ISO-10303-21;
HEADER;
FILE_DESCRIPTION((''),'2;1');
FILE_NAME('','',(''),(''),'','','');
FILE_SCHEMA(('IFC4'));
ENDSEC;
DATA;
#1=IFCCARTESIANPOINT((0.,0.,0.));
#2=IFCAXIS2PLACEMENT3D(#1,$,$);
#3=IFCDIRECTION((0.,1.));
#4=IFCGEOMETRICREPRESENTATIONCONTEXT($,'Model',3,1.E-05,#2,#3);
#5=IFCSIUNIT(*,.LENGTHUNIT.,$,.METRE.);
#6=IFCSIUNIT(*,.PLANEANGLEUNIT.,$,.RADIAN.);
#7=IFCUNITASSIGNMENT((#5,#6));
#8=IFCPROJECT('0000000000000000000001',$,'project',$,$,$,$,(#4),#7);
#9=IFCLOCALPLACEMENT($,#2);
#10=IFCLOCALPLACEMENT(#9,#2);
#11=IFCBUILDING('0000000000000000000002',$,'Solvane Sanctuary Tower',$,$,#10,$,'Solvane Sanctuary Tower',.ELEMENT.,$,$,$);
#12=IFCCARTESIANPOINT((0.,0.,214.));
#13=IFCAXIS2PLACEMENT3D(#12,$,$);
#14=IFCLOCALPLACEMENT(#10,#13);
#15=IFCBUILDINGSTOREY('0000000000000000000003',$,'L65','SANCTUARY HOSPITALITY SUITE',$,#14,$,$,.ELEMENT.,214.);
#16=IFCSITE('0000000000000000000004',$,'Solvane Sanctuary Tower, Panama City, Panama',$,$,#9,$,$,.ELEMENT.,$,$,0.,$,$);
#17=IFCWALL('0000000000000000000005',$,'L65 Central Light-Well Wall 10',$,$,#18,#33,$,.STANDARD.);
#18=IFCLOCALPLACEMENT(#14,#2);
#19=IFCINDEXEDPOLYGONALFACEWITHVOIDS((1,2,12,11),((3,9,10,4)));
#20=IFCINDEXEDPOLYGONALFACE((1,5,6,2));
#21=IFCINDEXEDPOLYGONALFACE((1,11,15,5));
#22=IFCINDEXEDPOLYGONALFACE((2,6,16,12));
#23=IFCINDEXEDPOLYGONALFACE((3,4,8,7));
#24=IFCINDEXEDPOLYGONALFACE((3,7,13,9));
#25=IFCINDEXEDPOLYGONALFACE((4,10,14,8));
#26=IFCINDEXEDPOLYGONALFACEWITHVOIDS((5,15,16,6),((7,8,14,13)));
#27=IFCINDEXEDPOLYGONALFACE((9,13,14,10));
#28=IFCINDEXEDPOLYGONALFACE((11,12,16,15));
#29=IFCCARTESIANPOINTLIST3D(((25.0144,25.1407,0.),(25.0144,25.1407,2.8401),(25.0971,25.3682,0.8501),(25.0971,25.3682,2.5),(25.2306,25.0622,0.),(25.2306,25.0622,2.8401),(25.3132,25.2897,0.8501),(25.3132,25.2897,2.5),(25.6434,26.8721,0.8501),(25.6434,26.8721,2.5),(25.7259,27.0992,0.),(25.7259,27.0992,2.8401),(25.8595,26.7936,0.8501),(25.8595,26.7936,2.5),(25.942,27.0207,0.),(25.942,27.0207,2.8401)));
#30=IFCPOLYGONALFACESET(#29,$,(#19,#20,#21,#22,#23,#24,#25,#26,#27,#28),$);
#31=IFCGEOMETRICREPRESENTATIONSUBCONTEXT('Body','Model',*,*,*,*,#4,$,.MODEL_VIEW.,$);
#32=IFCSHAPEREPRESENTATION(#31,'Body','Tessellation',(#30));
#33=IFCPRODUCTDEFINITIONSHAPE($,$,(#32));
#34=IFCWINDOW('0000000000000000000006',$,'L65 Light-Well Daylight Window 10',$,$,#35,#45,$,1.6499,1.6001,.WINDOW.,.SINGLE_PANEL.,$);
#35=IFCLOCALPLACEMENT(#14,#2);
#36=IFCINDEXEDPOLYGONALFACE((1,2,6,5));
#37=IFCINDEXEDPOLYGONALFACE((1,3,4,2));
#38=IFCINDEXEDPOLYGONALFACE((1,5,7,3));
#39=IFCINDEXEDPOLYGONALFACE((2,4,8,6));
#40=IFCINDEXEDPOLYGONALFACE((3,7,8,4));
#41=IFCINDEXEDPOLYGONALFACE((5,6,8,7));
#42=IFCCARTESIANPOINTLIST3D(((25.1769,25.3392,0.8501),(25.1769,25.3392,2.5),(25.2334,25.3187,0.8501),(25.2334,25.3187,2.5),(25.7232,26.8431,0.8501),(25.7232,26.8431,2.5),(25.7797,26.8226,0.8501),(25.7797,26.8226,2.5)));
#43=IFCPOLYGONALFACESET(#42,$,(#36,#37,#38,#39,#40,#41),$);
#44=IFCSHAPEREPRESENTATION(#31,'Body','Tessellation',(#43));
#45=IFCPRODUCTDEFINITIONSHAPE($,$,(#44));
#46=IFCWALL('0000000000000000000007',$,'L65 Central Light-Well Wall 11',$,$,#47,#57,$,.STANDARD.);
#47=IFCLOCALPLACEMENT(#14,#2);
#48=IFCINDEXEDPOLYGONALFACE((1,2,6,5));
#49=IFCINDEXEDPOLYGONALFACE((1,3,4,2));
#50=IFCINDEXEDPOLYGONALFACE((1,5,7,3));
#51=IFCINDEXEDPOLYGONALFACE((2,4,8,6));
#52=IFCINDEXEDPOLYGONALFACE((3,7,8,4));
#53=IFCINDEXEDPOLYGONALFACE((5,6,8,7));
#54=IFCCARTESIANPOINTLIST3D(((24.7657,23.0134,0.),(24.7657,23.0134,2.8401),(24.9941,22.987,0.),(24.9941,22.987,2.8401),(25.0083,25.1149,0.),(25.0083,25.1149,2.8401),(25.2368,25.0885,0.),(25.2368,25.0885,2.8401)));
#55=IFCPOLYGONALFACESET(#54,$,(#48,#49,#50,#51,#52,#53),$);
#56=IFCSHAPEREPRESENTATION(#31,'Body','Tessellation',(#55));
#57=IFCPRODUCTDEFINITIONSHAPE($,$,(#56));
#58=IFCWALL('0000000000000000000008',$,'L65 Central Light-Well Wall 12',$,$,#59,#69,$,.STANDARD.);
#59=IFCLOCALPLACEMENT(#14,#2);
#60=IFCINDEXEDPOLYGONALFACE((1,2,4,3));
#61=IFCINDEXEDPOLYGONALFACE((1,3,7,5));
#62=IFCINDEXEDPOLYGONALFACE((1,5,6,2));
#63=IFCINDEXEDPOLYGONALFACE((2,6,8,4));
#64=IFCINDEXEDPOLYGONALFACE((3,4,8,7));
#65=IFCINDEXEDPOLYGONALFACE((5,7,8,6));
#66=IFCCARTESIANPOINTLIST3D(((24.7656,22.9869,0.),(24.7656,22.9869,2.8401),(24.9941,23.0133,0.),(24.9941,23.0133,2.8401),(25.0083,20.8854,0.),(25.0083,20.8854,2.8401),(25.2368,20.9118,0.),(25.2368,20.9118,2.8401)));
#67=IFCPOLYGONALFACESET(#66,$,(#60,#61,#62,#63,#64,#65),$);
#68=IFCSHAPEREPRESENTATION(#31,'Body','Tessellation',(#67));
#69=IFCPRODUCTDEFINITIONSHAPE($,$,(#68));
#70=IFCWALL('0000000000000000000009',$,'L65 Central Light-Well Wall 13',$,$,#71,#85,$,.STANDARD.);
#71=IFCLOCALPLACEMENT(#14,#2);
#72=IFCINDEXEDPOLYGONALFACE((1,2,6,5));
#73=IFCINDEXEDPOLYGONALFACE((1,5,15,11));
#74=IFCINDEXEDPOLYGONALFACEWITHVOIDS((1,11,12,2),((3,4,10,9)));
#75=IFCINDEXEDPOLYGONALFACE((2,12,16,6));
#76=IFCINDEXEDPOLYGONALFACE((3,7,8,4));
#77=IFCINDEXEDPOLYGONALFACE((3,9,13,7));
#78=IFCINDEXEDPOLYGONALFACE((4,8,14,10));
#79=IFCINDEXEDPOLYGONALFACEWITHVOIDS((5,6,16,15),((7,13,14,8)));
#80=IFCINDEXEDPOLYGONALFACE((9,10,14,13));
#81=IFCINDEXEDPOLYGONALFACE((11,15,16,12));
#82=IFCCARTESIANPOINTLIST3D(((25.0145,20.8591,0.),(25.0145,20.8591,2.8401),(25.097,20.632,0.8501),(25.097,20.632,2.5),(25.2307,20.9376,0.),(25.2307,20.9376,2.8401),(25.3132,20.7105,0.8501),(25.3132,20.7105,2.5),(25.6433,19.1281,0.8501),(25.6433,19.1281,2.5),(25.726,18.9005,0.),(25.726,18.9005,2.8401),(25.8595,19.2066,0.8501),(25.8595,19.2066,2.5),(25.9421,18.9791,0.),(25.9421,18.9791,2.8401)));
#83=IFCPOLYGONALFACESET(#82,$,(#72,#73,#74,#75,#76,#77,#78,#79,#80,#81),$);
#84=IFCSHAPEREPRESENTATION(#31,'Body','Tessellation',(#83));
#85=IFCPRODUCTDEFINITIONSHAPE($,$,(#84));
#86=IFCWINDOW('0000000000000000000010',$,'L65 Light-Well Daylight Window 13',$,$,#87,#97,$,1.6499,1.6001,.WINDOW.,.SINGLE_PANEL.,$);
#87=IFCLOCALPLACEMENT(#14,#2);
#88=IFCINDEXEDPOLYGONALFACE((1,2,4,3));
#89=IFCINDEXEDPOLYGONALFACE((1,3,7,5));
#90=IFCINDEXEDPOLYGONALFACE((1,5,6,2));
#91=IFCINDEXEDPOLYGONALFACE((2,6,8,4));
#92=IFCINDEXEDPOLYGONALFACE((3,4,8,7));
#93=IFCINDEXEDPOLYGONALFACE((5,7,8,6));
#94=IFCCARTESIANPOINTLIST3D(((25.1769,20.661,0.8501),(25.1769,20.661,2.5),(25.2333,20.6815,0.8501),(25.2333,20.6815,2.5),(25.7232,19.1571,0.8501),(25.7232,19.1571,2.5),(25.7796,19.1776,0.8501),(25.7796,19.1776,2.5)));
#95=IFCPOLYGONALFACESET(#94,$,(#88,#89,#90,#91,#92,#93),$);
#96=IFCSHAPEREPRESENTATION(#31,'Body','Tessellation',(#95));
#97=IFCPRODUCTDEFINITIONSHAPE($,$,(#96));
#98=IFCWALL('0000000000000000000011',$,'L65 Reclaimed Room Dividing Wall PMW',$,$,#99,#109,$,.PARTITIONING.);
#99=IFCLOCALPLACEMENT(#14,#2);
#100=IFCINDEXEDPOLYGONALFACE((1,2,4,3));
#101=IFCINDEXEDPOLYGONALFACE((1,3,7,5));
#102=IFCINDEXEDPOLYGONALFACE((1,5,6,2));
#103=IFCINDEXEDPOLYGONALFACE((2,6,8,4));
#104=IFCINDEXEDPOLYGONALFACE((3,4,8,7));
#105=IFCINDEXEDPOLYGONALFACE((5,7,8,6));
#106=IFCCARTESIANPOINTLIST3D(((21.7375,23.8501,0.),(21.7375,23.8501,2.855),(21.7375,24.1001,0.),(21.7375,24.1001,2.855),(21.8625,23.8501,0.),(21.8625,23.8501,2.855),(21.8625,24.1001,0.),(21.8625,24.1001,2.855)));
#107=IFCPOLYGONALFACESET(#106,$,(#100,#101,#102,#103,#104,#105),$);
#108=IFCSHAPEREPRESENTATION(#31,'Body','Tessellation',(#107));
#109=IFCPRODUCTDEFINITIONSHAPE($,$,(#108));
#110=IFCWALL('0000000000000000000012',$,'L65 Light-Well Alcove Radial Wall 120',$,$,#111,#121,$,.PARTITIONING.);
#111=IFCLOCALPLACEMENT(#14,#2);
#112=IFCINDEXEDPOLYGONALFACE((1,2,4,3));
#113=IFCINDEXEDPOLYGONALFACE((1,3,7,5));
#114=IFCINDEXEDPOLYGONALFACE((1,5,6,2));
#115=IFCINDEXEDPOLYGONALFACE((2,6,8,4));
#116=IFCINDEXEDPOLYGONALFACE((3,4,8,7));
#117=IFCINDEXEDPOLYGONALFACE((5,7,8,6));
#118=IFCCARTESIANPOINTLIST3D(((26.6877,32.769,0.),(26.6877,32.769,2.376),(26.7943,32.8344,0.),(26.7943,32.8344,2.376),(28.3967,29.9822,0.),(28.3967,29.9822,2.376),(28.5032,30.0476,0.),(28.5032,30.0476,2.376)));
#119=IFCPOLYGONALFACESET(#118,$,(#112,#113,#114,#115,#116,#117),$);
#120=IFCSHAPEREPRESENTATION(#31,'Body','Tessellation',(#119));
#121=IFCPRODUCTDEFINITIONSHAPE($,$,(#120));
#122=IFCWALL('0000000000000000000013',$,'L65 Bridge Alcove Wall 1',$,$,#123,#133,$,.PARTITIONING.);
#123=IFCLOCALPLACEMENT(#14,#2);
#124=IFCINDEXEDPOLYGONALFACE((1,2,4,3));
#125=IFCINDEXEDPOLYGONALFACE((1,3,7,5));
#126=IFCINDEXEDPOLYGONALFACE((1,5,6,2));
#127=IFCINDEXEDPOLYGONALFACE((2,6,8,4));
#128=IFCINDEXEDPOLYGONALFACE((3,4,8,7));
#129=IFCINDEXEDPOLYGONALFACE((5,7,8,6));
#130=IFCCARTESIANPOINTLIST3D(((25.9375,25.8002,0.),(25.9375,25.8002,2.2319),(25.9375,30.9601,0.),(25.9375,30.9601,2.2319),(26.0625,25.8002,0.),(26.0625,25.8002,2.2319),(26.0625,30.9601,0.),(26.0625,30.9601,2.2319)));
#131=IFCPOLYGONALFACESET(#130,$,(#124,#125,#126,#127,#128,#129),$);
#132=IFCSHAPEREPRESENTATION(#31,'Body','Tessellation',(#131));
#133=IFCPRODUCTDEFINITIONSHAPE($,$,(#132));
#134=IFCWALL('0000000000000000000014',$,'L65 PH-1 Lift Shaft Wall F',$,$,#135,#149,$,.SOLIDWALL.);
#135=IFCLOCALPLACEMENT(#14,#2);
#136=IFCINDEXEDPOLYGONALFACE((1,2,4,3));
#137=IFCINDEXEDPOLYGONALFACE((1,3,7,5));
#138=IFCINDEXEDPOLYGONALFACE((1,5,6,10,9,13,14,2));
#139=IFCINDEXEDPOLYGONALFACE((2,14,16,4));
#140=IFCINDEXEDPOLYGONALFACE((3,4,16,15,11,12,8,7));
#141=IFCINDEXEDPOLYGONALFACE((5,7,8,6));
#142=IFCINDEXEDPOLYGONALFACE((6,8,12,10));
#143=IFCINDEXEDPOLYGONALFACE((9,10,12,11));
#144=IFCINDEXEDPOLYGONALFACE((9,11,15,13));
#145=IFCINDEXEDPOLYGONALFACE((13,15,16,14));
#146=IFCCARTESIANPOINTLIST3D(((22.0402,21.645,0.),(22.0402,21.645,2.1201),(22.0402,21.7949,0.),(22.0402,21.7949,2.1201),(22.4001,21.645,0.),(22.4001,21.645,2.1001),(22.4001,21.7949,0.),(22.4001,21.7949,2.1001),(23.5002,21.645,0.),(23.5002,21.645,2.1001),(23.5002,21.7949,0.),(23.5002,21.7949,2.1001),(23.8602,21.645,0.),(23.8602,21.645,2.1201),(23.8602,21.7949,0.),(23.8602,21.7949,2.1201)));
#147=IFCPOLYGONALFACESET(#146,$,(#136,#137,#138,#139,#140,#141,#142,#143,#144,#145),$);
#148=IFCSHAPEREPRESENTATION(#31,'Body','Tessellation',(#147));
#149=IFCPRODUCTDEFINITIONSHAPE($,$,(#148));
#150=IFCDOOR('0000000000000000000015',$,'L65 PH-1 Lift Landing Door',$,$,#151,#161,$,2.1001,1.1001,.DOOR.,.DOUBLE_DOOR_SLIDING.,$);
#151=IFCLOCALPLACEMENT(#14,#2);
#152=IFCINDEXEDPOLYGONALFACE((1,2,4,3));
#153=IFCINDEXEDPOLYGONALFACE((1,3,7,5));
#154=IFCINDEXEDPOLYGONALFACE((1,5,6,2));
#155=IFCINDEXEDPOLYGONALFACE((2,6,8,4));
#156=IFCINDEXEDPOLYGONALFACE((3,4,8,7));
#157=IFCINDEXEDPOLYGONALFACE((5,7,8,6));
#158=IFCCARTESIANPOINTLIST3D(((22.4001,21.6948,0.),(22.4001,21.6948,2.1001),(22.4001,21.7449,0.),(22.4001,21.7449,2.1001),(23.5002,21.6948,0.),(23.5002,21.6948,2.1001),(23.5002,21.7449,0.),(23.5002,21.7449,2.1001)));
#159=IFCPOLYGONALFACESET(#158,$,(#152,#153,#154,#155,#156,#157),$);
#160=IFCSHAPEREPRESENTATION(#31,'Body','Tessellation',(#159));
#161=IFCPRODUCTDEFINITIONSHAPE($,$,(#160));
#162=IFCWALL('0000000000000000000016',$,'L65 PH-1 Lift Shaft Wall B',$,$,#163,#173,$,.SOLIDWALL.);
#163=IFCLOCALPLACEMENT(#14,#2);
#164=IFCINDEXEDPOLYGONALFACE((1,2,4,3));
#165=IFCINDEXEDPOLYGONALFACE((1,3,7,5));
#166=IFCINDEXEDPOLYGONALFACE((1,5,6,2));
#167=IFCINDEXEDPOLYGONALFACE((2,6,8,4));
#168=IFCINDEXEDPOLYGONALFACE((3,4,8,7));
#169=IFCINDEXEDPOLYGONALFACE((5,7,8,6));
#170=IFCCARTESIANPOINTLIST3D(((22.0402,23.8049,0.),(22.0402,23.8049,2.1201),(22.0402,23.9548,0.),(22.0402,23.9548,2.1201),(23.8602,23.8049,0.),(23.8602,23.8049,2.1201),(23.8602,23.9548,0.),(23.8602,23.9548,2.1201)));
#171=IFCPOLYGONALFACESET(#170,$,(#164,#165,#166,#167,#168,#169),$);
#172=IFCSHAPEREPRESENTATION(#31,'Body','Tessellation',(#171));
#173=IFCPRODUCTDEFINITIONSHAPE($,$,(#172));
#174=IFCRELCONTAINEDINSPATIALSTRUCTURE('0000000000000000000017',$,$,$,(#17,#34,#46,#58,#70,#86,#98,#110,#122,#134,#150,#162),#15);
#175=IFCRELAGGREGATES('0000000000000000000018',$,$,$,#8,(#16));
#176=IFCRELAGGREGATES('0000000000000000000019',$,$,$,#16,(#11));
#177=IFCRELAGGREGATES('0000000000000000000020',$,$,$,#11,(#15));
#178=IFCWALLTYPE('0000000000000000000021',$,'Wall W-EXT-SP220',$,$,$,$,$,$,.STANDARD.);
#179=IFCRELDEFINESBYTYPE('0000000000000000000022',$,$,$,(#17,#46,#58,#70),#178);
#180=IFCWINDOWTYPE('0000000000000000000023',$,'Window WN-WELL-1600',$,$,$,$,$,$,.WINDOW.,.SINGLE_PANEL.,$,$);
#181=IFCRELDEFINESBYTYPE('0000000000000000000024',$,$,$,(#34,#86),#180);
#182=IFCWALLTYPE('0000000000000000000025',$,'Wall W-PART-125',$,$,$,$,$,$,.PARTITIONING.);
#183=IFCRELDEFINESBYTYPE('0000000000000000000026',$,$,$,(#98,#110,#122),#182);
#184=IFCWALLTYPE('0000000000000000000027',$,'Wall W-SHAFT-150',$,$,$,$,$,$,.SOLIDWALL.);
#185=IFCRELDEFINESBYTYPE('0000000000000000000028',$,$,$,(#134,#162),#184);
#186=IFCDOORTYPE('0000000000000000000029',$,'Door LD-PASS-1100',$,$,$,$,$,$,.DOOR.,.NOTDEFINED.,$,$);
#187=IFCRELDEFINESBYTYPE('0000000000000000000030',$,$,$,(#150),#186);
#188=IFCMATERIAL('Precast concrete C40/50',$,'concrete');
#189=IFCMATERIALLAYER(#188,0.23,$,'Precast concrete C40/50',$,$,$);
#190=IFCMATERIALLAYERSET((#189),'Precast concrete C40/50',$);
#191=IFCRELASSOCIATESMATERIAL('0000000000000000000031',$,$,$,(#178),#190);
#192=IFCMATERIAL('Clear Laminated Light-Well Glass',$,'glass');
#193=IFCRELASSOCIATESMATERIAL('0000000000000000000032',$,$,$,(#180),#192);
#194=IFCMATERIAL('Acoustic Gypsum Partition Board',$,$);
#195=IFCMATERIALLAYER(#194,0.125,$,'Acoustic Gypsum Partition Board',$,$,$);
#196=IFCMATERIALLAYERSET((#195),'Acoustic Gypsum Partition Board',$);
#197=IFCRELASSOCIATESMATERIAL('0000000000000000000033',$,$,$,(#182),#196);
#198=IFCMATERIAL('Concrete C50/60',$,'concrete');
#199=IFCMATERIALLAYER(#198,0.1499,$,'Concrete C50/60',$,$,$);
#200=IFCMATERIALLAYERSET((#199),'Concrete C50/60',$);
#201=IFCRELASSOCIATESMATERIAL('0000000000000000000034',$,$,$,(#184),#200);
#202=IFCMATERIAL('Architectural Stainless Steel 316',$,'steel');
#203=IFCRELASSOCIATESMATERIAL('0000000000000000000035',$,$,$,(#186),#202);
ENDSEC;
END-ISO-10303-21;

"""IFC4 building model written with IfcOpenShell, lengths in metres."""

from ifc_helpers import new_model, si_unit, direction, frame, frame_2d, origin, place, context, subcontext, project, spatial, rectangle, extrude, material, layer, layer_set, type_object, element, fill, save


model = new_model("IFC4")

# Units and contexts
model_context = context("Model", 3, precision=1e-05, world=origin(), true_north=direction((0.0, 1.0)))
body_context = subcontext(model_context, "Body", "Model", "MODEL_VIEW")
ifc_project = project(units=[si_unit("LENGTHUNIT", "METRE"), si_unit("PLANEANGLEUNIT", "RADIAN")], contexts=[model_context])

# Site, building, storey
site_placement = place(None, origin())
site = spatial("IfcSite", under=ifc_project, at=site_placement, Name="Solvane Sanctuary Tower, Panama City, Panama", CompositionType="ELEMENT", RefElevation=0.0)
building_placement = place(site_placement, origin())
building = spatial("IfcBuilding", under=site, at=building_placement, Name="Solvane Sanctuary Tower", LongName="Solvane Sanctuary Tower", CompositionType="ELEMENT")
storey_placement = place(building_placement, frame((0.0, 0.0, 214.0)))
storey = spatial("IfcBuildingStorey", under=building, at=storey_placement, Name="L65", Description="SANCTUARY HOSPITALITY SUITE", CompositionType="ELEMENT", Elevation=214.0)

# Shared definitions
ifc_material_1 = material(Name="Concrete C50/60", Category="concrete")

# Shared definitions
ifc_material_2 = material(Name="Acoustic Gypsum Partition Board")
ifc_material_3 = material(Name="Architectural Stainless Steel 316", Category="steel")

# Shared definitions
ifc_material_4 = material(Name="Precast concrete C40/50", Category="concrete")
ifc_layer_1 = layer(ifc_material_4, 0.23, Name="Precast concrete C40/50")
ifc_layer_set_1 = layer_set([ifc_layer_1], Name="Precast concrete C40/50")
wall_type_1 = type_object("IfcWallType", Name="Wall W-EXT-SP220", PredefinedType="STANDARD", material=ifc_layer_set_1)

# Wall, opening, window
wall_1_placement = place(storey_placement, frame((25.834, 27.0601, 0.0), z_axis=(0.0, 0.0, 1.0), x_axis=(-0.341423, -0.93991, 0.0)))
wall_1 = element("IfcWall", 1, at=wall_1_placement, inside=storey, type_object=wall_type_1, Name="L65 Central Light-Well Wall 10", PredefinedType="STANDARD", context=body_context, shape_type="SweptSolid", body=[
    extrude(rectangle(XDim=2.0837, YDim=0.23, at=frame_2d((1.042, 0.0))), origin(), (0.0, 0.0, 1.0), 2.8401),
])
opening_1_placement = place(wall_1_placement, frame((0.2417, 0.0, 0.8501)))
opening_1 = element("IfcOpeningElement", 2, at=opening_1_placement, cuts=wall_1, PredefinedType="OPENING", context=body_context, shape_type="SweptSolid", body=[
    extrude(rectangle(XDim=1.6001, YDim=1.6499, at=frame_2d((0.8, 0.825))), frame((0.0, 0.125, 0.0), z_axis=(0.0, -1.0, 0.0), x_axis=(1.0, 0.0, 0.0)), (0.0, 0.0, 1.0), 0.25),
])
ifc_material_5 = material(Name="Clear Laminated Light-Well Glass", Category="glass")
window_type = type_object("IfcWindowType", Name="Window WN-WELL-1600", PartitioningType="SINGLE_PANEL", PredefinedType="WINDOW", material=ifc_material_5)
window_1_placement = place(opening_1_placement, origin())
window_1 = element("IfcWindow", 3, at=window_1_placement, inside=storey, type_object=window_type, Name="L65 Light-Well Daylight Window 10", OverallHeight=1.6499, OverallWidth=1.6001, PartitioningType="SINGLE_PANEL", PredefinedType="WINDOW", context=body_context, shape_type="SweptSolid", body=[
    extrude(rectangle(XDim=1.6001, YDim=1.6499, at=frame_2d((0.8, 0.825))), frame((0.0, 0.03, 0.0), z_axis=(0.0, -1.0, 0.0), x_axis=(1.0, 0.0, 0.0)), (0.0, 0.0, 1.0), 0.0601),
])
fill(opening_1, window_1)

# Walls
for number, where, z_axis, x_axis, name in (
    (4, (25.1226, 25.1016, 0.0), (0.0, 0.0, 1.0), (-0.114712, -0.993399, 0.0), "L65 Central Light-Well Wall 11"),
    (5, (24.8799, 23.0, 0.0), (0.0, 0.0, 1.0), (0.114712, -0.993399, 0.0), "L65 Central Light-Well Wall 12"),
):
    element("IfcWall", number, at=place(storey_placement, frame(where, z_axis=z_axis, x_axis=x_axis)), inside=storey, type_object=wall_type_1, Name=name, PredefinedType="STANDARD", context=body_context, shape_type="SweptSolid", body=[
        extrude(rectangle(XDim=2.1155, YDim=0.23, at=frame_2d((1.0576, 0.0))), origin(), (0.0, 0.0, 1.0), 2.8401),
    ])

# Wall, opening, window
wall_2_placement = place(storey_placement, frame((25.1226, 20.8984, 0.0), z_axis=(0.0, 0.0, 1.0), x_axis=(0.341423, -0.93991, 0.0)))
wall_2 = element("IfcWall", 6, at=wall_2_placement, inside=storey, type_object=wall_type_1, Name="L65 Central Light-Well Wall 13", PredefinedType="STANDARD", context=body_context, shape_type="SweptSolid", body=[
    extrude(rectangle(XDim=2.0837, YDim=0.23, at=frame_2d((1.042, 0.0))), origin(), (0.0, 0.0, 1.0), 2.8401),
])
opening_2_placement = place(wall_2_placement, frame((0.2417, 0.0, 0.8501)))
opening_2 = element("IfcOpeningElement", 7, at=opening_2_placement, cuts=wall_2, PredefinedType="OPENING", context=body_context, shape_type="SweptSolid", body=[
    extrude(rectangle(XDim=1.6001, YDim=1.6499, at=frame_2d((0.8, 0.825))), frame((0.0, 0.125, 0.0), z_axis=(0.0, -1.0, 0.0), x_axis=(1.0, 0.0, 0.0)), (0.0, 0.0, 1.0), 0.25),
])
window_2_placement = place(opening_2_placement, origin())
window_2 = element("IfcWindow", 8, at=window_2_placement, inside=storey, type_object=window_type, Name="L65 Light-Well Daylight Window 13", OverallHeight=1.6499, OverallWidth=1.6001, PartitioningType="SINGLE_PANEL", PredefinedType="WINDOW", context=body_context, shape_type="SweptSolid", body=[
    extrude(rectangle(XDim=1.6001, YDim=1.6499, at=frame_2d((0.8, 0.825))), frame((0.0, 0.03, 0.0), z_axis=(0.0, -1.0, 0.0), x_axis=(1.0, 0.0, 0.0)), (0.0, 0.0, 1.0), 0.0601),
])
fill(opening_2, window_2)

# Walls
ifc_layer_2 = layer(ifc_material_2, 0.125, Name="Acoustic Gypsum Partition Board")
ifc_layer_set_2 = layer_set([ifc_layer_2], Name="Acoustic Gypsum Partition Board")
wall_type_2 = type_object("IfcWallType", Name="Wall W-PART-125", PredefinedType="PARTITIONING", material=ifc_layer_set_2)
wall_3_placement = place(storey_placement, frame((21.8, 23.8501, 0.0), z_axis=(0.0, 0.0, 1.0), x_axis=(0.0, 1.0, 0.0)))
element("IfcWall", 9, at=wall_3_placement, inside=storey, type_object=wall_type_2, Name="L65 Reclaimed Room Dividing Wall PMW", PredefinedType="PARTITIONING", context=body_context, shape_type="SweptSolid", body=[
    extrude(rectangle(XDim=0.25, YDim=0.125, at=frame_2d((0.125, 0.0))), origin(), (0.0, 0.0, 1.0), 2.855),
])
wall_4_placement = place(storey_placement, frame((28.45, 30.0149, 0.0), z_axis=(0.0, 0.0, 1.0), x_axis=(-0.522763, 0.852478, 0.0)))
element("IfcWall", 10, at=wall_4_placement, inside=storey, type_object=wall_type_2, Name="L65 Light-Well Alcove Radial Wall 120", PredefinedType="PARTITIONING", context=body_context, shape_type="SweptSolid", body=[
    extrude(rectangle(XDim=3.269, YDim=0.125, at=frame_2d((1.6345, 0.0))), origin(), (0.0, 0.0, 1.0), 2.376),
])
wall_5_placement = place(storey_placement, frame((26.0, 25.8, 0.0), z_axis=(0.0, 0.0, 1.0), x_axis=(0.0, 1.0, 0.0)))
element("IfcWall", 11, at=wall_5_placement, inside=storey, type_object=wall_type_2, Name="L65 Bridge Alcove Wall 1", PredefinedType="PARTITIONING", context=body_context, shape_type="SweptSolid", body=[
    extrude(rectangle(XDim=5.1599, YDim=0.125, at=frame_2d((2.5801, 0.0))), origin(), (0.0, 0.0, 1.0), 2.2319),
])

# Wall, opening, door
ifc_layer_3 = layer(ifc_material_1, 0.1499, Name="Concrete C50/60")
ifc_layer_set_3 = layer_set([ifc_layer_3], Name="Concrete C50/60")
wall_type_3 = type_object("IfcWallType", Name="Wall W-SHAFT-150", PredefinedType="SOLIDWALL", material=ifc_layer_set_3)
wall_6_placement = place(storey_placement, frame((22.04, 21.72, 0.0), z_axis=(0.0, 0.0, 1.0), x_axis=(1.0, 0.0, 0.0)))
wall_6 = element("IfcWall", 12, at=wall_6_placement, inside=storey, type_object=wall_type_3, Name="L65 PH-1 Lift Shaft Wall F", PredefinedType="SOLIDWALL", context=body_context, shape_type="SweptSolid", body=[
    extrude(rectangle(XDim=1.8201, YDim=0.1499, at=frame_2d((0.9102, 0.0))), origin(), (0.0, 0.0, 1.0), 2.1201),
])
opening_3_placement = place(wall_6_placement, frame((0.3601, 0.0, 0.0)))
opening_3 = element("IfcOpeningElement", 13, at=opening_3_placement, cuts=wall_6, PredefinedType="OPENING", context=body_context, shape_type="SweptSolid", body=[
    extrude(rectangle(XDim=1.1001, YDim=2.1001, at=frame_2d((0.55, 1.05))), frame((0.0, 0.085, 0.0), z_axis=(0.0, -1.0, 0.0), x_axis=(1.0, 0.0, 0.0)), (0.0, 0.0, 1.0), 0.1699),
])
door_type_1 = type_object("IfcDoorType", Name="Door LD-PASS-1100", OperationType="NOTDEFINED", PredefinedType="DOOR", material=ifc_material_3)
door_1_placement = place(opening_3_placement, origin())
door_1 = element("IfcDoor", 14, at=door_1_placement, inside=storey, type_object=door_type_1, Name="L65 PH-1 Lift Landing Door", OperationType="DOUBLE_DOOR_SLIDING", OverallHeight=2.1001, OverallWidth=1.1001, PredefinedType="DOOR", context=body_context, shape_type="SweptSolid", body=[
    extrude(rectangle(XDim=1.1001, YDim=2.1001, at=frame_2d((0.55, 1.05))), frame((0.0, 0.0249, 0.0), z_axis=(0.0, -1.0, 0.0), x_axis=(1.0, 0.0, 0.0)), (0.0, 0.0, 1.0), 0.05),
])
fill(opening_3, door_1)

# Wall
wall_7_placement = place(storey_placement, frame((22.04, 23.8799, 0.0), z_axis=(0.0, 0.0, 1.0), x_axis=(1.0, 0.0, 0.0)))
element("IfcWall", 15, at=wall_7_placement, inside=storey, type_object=wall_type_3, Name="L65 PH-1 Lift Shaft Wall B", PredefinedType="SOLIDWALL", context=body_context, shape_type="SweptSolid", body=[
    extrude(rectangle(XDim=1.8201, YDim=0.1499, at=frame_2d((0.9102, 0.0))), origin(), (0.0, 0.0, 1.0), 2.1201),
])

save(model, "model.ifc")
